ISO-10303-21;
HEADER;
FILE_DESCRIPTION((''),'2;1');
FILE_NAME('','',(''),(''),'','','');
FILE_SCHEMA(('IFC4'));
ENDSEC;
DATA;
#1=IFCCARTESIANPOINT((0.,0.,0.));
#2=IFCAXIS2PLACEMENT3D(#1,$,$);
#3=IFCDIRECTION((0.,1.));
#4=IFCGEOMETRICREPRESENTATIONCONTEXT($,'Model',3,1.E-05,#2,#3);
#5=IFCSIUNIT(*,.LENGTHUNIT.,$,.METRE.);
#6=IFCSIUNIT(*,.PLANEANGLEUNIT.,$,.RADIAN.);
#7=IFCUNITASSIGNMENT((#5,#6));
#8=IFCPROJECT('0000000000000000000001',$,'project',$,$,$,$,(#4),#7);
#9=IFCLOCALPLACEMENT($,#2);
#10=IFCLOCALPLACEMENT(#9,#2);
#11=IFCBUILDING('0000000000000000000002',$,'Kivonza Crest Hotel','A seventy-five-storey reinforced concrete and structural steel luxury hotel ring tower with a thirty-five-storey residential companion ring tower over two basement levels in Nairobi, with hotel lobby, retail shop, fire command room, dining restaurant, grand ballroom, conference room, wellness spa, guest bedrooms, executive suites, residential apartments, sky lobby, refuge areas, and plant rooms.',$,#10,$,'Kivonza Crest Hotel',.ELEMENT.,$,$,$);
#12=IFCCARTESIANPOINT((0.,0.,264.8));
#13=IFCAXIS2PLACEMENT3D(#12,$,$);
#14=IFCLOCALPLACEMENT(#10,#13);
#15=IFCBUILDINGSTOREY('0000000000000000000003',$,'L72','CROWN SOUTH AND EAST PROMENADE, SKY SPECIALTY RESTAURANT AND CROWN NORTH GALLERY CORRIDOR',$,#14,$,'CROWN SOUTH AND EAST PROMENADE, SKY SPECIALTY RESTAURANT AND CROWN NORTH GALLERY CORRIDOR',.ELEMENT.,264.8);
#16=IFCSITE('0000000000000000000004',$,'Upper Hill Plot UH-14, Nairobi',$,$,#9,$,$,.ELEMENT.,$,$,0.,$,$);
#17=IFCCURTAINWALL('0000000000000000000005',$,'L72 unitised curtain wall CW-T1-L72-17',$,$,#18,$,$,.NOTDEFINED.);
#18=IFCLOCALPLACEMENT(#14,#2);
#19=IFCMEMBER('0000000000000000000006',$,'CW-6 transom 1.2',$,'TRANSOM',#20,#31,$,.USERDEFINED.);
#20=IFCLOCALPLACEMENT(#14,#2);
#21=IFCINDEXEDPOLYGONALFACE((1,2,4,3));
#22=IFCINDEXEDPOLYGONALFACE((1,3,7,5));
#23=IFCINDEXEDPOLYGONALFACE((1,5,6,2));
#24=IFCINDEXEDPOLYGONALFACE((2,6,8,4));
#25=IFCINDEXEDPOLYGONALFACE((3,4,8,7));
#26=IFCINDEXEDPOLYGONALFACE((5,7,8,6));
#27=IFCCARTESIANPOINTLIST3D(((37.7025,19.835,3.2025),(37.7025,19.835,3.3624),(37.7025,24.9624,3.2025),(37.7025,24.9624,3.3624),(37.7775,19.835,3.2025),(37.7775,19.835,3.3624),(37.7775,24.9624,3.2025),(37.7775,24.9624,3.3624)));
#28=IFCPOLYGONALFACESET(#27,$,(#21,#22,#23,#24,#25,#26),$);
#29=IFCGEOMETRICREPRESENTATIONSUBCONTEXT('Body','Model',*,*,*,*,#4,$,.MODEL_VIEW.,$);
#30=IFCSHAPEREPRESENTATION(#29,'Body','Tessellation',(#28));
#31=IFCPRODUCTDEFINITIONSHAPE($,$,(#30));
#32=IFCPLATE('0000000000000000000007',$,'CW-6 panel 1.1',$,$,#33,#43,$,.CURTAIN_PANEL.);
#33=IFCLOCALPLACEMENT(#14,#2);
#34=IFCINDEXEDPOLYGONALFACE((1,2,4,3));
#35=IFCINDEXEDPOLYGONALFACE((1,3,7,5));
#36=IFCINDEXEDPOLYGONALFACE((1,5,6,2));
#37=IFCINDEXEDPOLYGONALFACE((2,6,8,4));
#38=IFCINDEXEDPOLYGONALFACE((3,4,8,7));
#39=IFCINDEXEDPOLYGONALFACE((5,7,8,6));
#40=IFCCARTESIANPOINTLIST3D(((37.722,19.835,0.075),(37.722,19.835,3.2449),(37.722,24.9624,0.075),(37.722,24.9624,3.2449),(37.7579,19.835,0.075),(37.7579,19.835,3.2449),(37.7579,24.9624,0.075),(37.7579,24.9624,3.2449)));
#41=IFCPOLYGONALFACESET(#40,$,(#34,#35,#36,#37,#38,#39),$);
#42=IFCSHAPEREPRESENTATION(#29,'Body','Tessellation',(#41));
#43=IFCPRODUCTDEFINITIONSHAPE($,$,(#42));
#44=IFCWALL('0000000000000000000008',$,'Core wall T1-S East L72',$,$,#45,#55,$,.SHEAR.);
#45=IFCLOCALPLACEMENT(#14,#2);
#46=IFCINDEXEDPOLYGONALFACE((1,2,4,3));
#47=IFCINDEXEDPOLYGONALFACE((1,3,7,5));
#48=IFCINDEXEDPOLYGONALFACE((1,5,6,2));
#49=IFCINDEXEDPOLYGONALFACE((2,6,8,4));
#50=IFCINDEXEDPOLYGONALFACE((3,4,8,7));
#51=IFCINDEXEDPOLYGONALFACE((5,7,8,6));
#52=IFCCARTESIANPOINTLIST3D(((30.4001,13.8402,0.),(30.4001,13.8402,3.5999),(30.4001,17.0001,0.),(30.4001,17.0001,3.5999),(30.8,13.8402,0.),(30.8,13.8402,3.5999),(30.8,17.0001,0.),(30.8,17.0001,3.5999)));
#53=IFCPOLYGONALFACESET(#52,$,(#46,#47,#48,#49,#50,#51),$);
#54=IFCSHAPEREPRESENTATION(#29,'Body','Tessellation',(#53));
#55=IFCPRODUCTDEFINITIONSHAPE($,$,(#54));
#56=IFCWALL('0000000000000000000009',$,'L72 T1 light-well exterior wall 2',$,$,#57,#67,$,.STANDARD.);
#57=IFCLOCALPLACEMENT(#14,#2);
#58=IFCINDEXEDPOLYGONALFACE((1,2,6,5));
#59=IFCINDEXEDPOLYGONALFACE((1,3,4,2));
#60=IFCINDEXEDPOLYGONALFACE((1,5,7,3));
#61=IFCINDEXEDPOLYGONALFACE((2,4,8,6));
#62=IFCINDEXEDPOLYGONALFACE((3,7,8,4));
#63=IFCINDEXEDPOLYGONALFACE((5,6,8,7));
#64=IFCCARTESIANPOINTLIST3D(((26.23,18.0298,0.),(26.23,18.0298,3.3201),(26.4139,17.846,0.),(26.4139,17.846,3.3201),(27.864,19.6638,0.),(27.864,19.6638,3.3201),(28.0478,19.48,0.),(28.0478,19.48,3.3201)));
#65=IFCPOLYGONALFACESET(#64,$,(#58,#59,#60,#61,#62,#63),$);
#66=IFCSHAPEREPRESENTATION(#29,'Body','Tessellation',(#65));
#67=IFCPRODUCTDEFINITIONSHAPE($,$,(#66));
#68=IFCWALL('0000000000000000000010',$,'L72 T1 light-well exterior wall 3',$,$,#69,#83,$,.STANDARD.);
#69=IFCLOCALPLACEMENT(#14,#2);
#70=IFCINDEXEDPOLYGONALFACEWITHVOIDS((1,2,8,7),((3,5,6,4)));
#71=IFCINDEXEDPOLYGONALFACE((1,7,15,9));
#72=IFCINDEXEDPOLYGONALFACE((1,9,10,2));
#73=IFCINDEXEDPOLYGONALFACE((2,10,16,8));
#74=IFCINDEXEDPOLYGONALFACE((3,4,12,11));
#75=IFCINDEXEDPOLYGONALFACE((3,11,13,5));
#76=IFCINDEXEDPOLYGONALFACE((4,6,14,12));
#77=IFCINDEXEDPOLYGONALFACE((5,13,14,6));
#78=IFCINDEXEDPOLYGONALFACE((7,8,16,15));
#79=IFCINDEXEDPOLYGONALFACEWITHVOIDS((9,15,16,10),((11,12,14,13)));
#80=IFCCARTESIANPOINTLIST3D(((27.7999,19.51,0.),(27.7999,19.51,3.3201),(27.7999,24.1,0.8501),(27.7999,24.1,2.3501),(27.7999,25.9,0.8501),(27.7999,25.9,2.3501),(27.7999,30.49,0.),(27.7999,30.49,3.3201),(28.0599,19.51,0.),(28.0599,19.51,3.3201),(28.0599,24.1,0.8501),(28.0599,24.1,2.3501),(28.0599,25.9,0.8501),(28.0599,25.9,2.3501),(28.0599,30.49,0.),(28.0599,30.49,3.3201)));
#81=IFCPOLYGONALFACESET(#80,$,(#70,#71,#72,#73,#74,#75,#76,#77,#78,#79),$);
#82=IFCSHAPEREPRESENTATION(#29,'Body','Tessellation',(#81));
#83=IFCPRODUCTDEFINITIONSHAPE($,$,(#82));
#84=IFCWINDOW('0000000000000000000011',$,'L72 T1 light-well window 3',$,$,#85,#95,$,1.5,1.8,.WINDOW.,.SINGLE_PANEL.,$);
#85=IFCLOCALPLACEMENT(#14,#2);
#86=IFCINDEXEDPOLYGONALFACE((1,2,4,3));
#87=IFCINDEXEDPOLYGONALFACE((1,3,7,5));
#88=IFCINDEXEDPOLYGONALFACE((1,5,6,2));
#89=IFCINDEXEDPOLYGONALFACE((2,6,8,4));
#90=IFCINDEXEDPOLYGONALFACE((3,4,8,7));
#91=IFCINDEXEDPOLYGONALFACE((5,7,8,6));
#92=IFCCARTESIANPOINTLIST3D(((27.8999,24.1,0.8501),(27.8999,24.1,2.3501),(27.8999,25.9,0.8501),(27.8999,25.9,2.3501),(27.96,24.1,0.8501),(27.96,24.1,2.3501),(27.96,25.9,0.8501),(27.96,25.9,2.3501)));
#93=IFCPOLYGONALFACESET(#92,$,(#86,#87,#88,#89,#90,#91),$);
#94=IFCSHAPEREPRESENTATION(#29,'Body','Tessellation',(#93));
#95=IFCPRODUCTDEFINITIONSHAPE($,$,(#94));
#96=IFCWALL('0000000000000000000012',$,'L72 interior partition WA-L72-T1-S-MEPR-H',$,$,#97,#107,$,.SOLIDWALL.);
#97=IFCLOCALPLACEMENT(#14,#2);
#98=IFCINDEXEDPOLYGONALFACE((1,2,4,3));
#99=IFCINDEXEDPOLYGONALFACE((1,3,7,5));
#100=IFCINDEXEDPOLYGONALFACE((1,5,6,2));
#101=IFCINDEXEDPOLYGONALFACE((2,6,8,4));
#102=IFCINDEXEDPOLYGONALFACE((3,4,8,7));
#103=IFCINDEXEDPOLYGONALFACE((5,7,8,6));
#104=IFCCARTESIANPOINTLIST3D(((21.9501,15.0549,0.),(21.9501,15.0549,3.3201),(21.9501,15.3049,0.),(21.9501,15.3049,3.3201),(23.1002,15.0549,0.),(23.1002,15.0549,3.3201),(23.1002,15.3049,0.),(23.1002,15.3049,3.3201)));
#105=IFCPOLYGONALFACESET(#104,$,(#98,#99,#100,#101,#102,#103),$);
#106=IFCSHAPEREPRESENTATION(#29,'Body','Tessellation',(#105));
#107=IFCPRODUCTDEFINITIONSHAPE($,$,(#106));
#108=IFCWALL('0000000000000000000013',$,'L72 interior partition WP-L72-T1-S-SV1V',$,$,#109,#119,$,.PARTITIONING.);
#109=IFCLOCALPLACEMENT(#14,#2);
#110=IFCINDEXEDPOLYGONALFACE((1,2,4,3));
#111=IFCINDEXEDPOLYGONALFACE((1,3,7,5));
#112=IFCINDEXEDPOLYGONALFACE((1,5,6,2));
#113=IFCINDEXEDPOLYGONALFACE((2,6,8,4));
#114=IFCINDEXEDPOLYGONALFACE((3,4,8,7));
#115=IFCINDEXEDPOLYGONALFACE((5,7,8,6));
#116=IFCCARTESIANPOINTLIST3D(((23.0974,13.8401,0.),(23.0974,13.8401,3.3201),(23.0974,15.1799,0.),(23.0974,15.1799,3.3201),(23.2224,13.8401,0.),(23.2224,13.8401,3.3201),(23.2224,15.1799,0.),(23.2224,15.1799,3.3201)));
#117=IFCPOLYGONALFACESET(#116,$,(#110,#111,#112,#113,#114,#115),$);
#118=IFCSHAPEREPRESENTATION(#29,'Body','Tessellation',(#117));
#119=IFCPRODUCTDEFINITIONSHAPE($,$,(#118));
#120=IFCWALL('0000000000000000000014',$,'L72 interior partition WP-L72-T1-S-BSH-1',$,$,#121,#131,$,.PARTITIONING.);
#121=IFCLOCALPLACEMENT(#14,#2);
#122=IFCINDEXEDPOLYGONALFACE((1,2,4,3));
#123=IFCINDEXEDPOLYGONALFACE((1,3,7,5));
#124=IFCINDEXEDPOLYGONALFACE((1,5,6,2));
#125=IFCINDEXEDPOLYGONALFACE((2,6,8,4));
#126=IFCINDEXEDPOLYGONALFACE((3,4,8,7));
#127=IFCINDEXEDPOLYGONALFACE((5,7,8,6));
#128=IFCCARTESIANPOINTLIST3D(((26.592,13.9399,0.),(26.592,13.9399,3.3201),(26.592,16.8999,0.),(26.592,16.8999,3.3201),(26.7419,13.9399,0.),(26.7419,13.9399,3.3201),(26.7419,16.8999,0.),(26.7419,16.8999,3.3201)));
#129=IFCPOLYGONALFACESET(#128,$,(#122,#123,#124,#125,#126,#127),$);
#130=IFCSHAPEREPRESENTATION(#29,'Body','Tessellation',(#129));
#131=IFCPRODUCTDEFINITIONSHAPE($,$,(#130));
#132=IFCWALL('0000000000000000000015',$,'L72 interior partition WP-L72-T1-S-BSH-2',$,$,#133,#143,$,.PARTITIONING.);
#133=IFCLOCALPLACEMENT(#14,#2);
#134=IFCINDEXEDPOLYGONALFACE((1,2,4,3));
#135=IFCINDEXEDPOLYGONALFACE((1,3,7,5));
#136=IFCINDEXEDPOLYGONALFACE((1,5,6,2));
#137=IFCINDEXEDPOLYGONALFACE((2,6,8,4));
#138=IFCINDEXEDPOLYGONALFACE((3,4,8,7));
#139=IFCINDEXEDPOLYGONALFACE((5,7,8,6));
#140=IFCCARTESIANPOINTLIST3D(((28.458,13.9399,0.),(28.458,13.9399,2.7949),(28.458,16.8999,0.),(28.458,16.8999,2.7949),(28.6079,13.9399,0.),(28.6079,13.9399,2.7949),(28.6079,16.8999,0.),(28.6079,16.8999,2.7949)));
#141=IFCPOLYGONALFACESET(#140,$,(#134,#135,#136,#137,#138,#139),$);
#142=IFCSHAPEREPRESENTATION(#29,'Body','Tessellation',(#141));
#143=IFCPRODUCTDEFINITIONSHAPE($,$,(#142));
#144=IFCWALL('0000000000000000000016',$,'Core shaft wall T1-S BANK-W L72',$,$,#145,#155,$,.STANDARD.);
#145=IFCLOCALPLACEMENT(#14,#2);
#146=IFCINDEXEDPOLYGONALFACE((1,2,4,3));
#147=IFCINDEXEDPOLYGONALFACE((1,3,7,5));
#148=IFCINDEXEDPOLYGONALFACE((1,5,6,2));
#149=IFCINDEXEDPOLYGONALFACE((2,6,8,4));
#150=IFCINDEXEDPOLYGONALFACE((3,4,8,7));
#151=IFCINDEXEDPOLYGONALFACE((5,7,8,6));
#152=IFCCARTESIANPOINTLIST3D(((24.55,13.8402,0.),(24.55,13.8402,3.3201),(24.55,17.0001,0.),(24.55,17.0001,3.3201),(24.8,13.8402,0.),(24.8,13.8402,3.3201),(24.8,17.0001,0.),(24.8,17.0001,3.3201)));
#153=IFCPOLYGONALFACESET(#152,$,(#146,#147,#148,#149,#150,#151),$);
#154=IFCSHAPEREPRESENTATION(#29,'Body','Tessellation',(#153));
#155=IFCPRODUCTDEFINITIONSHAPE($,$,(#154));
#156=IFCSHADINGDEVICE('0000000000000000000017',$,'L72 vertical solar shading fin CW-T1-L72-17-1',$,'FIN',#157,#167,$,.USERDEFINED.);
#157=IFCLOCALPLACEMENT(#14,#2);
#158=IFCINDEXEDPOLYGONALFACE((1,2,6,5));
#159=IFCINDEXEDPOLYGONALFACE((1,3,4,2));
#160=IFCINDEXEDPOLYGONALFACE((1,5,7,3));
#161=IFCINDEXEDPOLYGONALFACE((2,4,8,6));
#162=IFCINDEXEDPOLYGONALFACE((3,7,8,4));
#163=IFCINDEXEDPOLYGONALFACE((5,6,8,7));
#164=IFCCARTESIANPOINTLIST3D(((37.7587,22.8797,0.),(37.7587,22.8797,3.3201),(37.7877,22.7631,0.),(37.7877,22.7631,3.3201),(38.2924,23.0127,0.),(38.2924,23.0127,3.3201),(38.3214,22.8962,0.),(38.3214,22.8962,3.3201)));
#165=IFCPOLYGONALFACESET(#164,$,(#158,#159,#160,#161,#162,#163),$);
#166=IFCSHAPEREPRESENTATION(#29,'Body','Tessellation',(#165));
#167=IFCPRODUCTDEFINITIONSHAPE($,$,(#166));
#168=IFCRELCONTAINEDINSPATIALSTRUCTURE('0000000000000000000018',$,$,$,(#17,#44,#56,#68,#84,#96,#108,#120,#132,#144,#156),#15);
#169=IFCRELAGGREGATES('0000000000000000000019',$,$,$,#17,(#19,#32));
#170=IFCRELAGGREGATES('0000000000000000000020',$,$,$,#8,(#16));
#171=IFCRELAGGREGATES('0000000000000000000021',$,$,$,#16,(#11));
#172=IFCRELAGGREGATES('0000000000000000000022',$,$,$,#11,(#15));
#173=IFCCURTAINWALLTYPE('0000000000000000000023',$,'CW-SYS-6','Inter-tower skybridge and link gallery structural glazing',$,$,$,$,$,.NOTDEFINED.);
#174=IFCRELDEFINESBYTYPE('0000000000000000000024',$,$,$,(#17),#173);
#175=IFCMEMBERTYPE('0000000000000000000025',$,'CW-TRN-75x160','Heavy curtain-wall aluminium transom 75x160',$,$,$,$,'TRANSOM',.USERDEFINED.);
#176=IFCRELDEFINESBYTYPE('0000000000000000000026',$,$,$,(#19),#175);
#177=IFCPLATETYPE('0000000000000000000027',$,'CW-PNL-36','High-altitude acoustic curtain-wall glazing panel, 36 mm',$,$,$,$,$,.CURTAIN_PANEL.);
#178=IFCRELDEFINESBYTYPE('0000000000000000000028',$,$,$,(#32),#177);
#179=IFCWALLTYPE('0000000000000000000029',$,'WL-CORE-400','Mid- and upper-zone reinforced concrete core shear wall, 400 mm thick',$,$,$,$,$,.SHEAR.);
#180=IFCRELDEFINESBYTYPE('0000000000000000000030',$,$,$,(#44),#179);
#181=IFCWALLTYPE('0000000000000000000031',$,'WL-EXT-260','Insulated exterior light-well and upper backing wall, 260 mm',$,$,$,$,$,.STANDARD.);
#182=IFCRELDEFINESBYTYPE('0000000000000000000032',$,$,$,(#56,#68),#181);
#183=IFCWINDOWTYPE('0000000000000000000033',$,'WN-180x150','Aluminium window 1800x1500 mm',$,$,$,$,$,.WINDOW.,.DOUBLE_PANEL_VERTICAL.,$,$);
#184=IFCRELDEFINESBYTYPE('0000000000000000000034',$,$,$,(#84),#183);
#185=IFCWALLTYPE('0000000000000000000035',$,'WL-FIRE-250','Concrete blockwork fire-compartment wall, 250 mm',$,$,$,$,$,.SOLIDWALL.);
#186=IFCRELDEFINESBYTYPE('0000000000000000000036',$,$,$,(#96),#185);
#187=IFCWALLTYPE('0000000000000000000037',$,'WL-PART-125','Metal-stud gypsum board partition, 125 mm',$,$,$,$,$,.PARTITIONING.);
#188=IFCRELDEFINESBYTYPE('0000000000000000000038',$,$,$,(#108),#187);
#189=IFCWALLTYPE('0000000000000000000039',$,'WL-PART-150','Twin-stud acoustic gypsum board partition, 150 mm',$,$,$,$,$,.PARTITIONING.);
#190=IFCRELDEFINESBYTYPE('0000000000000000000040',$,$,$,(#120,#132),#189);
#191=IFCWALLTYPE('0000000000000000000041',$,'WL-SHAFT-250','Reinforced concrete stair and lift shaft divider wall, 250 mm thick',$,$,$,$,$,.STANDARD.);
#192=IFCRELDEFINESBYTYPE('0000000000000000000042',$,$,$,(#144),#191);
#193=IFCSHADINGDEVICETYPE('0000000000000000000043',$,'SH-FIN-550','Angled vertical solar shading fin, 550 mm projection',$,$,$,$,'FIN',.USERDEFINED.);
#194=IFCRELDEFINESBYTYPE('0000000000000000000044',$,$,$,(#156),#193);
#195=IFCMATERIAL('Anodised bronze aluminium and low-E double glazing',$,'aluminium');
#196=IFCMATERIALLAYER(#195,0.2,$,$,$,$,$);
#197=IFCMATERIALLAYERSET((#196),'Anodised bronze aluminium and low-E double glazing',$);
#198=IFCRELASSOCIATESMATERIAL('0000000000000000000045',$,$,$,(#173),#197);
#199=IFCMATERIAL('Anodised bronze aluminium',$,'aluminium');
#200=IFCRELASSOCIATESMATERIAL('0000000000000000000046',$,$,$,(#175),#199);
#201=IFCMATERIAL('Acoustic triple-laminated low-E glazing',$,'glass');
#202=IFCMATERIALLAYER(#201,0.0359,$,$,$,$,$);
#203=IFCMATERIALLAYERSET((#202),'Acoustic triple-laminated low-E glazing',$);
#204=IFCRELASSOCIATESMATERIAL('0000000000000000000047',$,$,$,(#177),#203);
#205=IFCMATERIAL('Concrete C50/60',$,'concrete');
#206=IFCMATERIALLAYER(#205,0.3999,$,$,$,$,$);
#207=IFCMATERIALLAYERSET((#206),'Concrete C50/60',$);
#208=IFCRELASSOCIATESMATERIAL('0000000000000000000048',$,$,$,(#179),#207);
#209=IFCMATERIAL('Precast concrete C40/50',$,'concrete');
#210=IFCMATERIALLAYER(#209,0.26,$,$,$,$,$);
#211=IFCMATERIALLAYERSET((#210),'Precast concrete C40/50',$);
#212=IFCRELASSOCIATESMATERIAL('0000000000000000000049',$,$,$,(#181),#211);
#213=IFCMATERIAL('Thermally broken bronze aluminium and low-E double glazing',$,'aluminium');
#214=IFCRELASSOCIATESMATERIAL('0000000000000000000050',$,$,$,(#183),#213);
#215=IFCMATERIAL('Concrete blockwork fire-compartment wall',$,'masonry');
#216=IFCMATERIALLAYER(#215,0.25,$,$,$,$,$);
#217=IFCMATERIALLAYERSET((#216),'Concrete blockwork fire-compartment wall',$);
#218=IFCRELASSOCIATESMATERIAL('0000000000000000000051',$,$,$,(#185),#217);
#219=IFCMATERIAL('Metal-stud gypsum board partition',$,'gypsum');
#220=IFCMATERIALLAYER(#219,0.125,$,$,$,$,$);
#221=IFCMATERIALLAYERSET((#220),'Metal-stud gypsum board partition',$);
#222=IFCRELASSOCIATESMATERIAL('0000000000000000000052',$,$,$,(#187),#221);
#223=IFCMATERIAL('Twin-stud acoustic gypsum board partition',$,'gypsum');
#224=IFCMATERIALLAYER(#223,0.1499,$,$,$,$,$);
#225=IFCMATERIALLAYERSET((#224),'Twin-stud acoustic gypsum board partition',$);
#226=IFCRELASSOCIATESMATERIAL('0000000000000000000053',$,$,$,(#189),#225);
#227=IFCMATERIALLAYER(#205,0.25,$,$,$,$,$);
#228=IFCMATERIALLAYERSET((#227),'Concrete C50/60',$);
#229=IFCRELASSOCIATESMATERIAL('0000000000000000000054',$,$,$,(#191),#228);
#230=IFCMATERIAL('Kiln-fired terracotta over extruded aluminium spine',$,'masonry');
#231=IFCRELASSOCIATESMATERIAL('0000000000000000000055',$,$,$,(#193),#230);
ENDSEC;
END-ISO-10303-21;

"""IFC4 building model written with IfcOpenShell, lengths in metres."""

from ifc_helpers import new_model, si_unit, direction, frame, frame_2d, origin, origin_2d, place, context, subcontext, project, spatial, rectangle, extrude, material, layer, layer_set, material_profile, profile_set, type_object, element, fill, aggregate, save


model = new_model("IFC4")

# Units and contexts
model_context = context("Model", 3, precision=1e-05, world=origin(), true_north=direction((0.0, 1.0)))
body_context = subcontext(model_context, "Body", "Model", "MODEL_VIEW")
ifc_project = project(units=[si_unit("LENGTHUNIT", "METRE"), si_unit("PLANEANGLEUNIT", "RADIAN")], contexts=[model_context])

# Site, building, storey
site_placement = place(None, origin())
site = spatial("IfcSite", under=ifc_project, at=site_placement, Name="Upper Hill Plot UH-14, Nairobi", CompositionType="ELEMENT", RefElevation=0.0)
building_placement = place(site_placement, origin())
building = spatial("IfcBuilding", under=site, at=building_placement, Name="Kivonza Crest Hotel", Description="A seventy-five-storey reinforced concrete and structural steel luxury hotel ring tower with a thirty-five-storey residential companion ring tower over two basement levels in Nairobi, with hotel lobby, retail shop, fire command room, dining restaurant, grand ballroom, conference room, wellness spa, guest bedrooms, executive suites, residential apartments, sky lobby, refuge areas, and plant rooms.", LongName="Kivonza Crest Hotel", CompositionType="ELEMENT")
storey_placement = place(building_placement, frame((0.0, 0.0, 264.8)))
storey = spatial("IfcBuildingStorey", under=building, at=storey_placement, Name="L72", Description="CROWN SOUTH AND EAST PROMENADE, SKY SPECIALTY RESTAURANT AND CROWN NORTH GALLERY CORRIDOR", LongName="CROWN SOUTH AND EAST PROMENADE, SKY SPECIALTY RESTAURANT AND CROWN NORTH GALLERY CORRIDOR", CompositionType="ELEMENT", Elevation=264.8)

# Shared definitions
ifc_material_1 = material(Name="Concrete C50/60", Category="concrete")

# Curtain wall, member, plate
ifc_material_2 = material(Name="Anodised bronze aluminium and low-E double glazing", Category="aluminium")
ifc_layer_1 = layer(ifc_material_2, 0.2)
ifc_layer_set_1 = layer_set([ifc_layer_1], Name="Anodised bronze aluminium and low-E double glazing")
curtain_wall_type = type_object("IfcCurtainWallType", Name="CW-SYS-6", Description="Inter-tower skybridge and link gallery structural glazing", PredefinedType="NOTDEFINED", material=ifc_layer_set_1)
curtain_wall_placement = place(storey_placement, origin())
curtain_wall = element("IfcCurtainWall", 1, at=curtain_wall_placement, inside=storey, type_object=curtain_wall_type, Name="L72 unitised curtain wall CW-T1-L72-17", PredefinedType="NOTDEFINED")
ifc_material_3 = material(Name="Anodised bronze aluminium", Category="aluminium")
ifc_material_profile_1 = material_profile(ifc_material_3, rectangle(XDim=0.075, YDim=0.1599, at=origin_2d()), Name="CW-T 75x160")
ifc_profile_set_1 = profile_set([ifc_material_profile_1], Name="Anodised bronze aluminium")
member_type_1 = type_object("IfcMemberType", Name="CW-TRN-75x160", Description="Heavy curtain-wall aluminium transom 75x160", ElementType="TRANSOM", PredefinedType="USERDEFINED", material=ifc_profile_set_1)
member_1_placement = place(storey_placement, frame((37.74, 19.835, 3.2825), z_axis=(0.0, 1.0, 0.0), x_axis=(-1.0, 0.0, 0.0)))
member_1 = element("IfcMember", 2, at=member_1_placement, type_object=member_type_1, Name="CW-6 transom 1.2", ObjectType="TRANSOM", PredefinedType="USERDEFINED", context=body_context, shape_type="SweptSolid", body=[
    extrude(rectangle(XDim=0.075, YDim=0.1599, at=origin_2d()), origin(), (0.0, 0.0, 1.0), 5.1274),
])
ifc_material_4 = material(Name="Acoustic triple-laminated low-E glazing", Category="glass")
ifc_layer_2 = layer(ifc_material_4, 0.0359)
ifc_layer_set_2 = layer_set([ifc_layer_2], Name="Acoustic triple-laminated low-E glazing")
plate_type = type_object("IfcPlateType", Name="CW-PNL-36", Description="High-altitude acoustic curtain-wall glazing panel, 36 mm", PredefinedType="CURTAIN_PANEL", material=ifc_layer_set_2)
plate_placement = place(storey_placement, frame((37.74, 22.3987, 0.075), z_axis=(0.0, 0.0, 1.0), x_axis=(0.0, 1.0, 0.0)))
plate = element("IfcPlate", 3, at=plate_placement, type_object=plate_type, Name="CW-6 panel 1.1", PredefinedType="CURTAIN_PANEL", context=body_context, shape_type="SweptSolid", body=[
    extrude(rectangle(XDim=5.1274, YDim=0.0359, at=origin_2d()), origin(), (0.0, 0.0, 1.0), 3.1699),
])
aggregate(curtain_wall, [member_1, plate])

# Walls
ifc_layer_3 = layer(ifc_material_1, 0.3999)
ifc_layer_set_3 = layer_set([ifc_layer_3], Name="Concrete C50/60")
wall_type_1 = type_object("IfcWallType", Name="WL-CORE-400", Description="Mid- and upper-zone reinforced concrete core shear wall, 400 mm thick", PredefinedType="SHEAR", material=ifc_layer_set_3)
wall_1_placement = place(storey_placement, frame((30.6001, 13.8401, 0.0), z_axis=(0.0, 0.0, 1.0), x_axis=(0.0, 1.0, 0.0)))
element("IfcWall", 4, at=wall_1_placement, inside=storey, type_object=wall_type_1, Name="Core wall T1-S East L72", PredefinedType="SHEAR", context=body_context, shape_type="SweptSolid", body=[
    extrude(rectangle(XDim=3.1599, YDim=0.3999, at=frame_2d((1.5801, 0.0))), origin(), (0.0, 0.0, 1.0), 3.5999),
])
ifc_material_5 = material(Name="Precast concrete C40/50", Category="concrete")
ifc_layer_4 = layer(ifc_material_5, 0.26)
ifc_layer_set_4 = layer_set([ifc_layer_4], Name="Precast concrete C40/50")
wall_type_2 = type_object("IfcWallType", Name="WL-EXT-260", Description="Insulated exterior light-well and upper backing wall, 260 mm", PredefinedType="STANDARD", material=ifc_layer_set_4)
wall_2_placement = place(storey_placement, frame((26.322, 17.938, 0.0), z_axis=(0.0, 0.0, 1.0), x_axis=(0.707107, 0.707107, 0.0)))
element("IfcWall", 5, at=wall_2_placement, inside=storey, type_object=wall_type_2, Name="L72 T1 light-well exterior wall 2", PredefinedType="STANDARD", context=body_context, shape_type="SweptSolid", body=[
    extrude(rectangle(XDim=2.3108, YDim=0.26, at=frame_2d((1.1553, 0.0))), origin(), (0.0, 0.0, 1.0), 3.3201),
])

# Wall, opening, window
wall_3_placement = place(storey_placement, frame((27.9299, 19.51, 0.0), z_axis=(0.0, 0.0, 1.0), x_axis=(0.0, 1.0, 0.0)))
wall_3 = element("IfcWall", 6, at=wall_3_placement, inside=storey, type_object=wall_type_2, Name="L72 T1 light-well exterior wall 3", PredefinedType="STANDARD", context=body_context, shape_type="SweptSolid", body=[
    extrude(rectangle(XDim=10.98, YDim=0.26, at=frame_2d((5.49, 0.0))), origin(), (0.0, 0.0, 1.0), 3.3201),
])
opening_placement = place(wall_3_placement, frame((4.5901, 0.0, 0.8501)))
opening = element("IfcOpeningElement", 7, at=opening_placement, cuts=wall_3, PredefinedType="OPENING", context=body_context, shape_type="SweptSolid", body=[
    extrude(rectangle(XDim=1.8, YDim=1.5, at=frame_2d((0.8999, 0.75))), frame((0.0, 0.1401, 0.0), z_axis=(0.0, -1.0, 0.0), x_axis=(1.0, 0.0, 0.0)), (0.0, 0.0, 1.0), 0.28),
])
ifc_material_6 = material(Name="Thermally broken bronze aluminium and low-E double glazing", Category="aluminium")
window_type = type_object("IfcWindowType", Name="WN-180x150", Description="Aluminium window 1800x1500 mm", PartitioningType="DOUBLE_PANEL_VERTICAL", PredefinedType="WINDOW", material=ifc_material_6)
window_placement = place(opening_placement, origin())
window = element("IfcWindow", 8, at=window_placement, inside=storey, type_object=window_type, Name="L72 T1 light-well window 3", OverallHeight=1.5, OverallWidth=1.8, PartitioningType="SINGLE_PANEL", PredefinedType="WINDOW", context=body_context, shape_type="SweptSolid", body=[
    extrude(rectangle(XDim=1.8, YDim=1.5, at=frame_2d((0.8999, 0.75))), frame((0.0, 0.03, 0.0), z_axis=(0.0, -1.0, 0.0), x_axis=(1.0, 0.0, 0.0)), (0.0, 0.0, 1.0), 0.0601),
])
fill(opening, window)

# Walls
ifc_material_7 = material(Name="Concrete blockwork fire-compartment wall", Category="masonry")
ifc_layer_5 = layer(ifc_material_7, 0.25)
ifc_layer_set_5 = layer_set([ifc_layer_5], Name="Concrete blockwork fire-compartment wall")
wall_type_3 = type_object("IfcWallType", Name="WL-FIRE-250", Description="Concrete blockwork fire-compartment wall, 250 mm", PredefinedType="SOLIDWALL", material=ifc_layer_set_5)
wall_4_placement = place(storey_placement, frame((21.95, 15.1799, 0.0), z_axis=(0.0, 0.0, 1.0), x_axis=(1.0, 0.0, 0.0)))
element("IfcWall", 9, at=wall_4_placement, inside=storey, type_object=wall_type_3, Name="L72 interior partition WA-L72-T1-S-MEPR-H", PredefinedType="SOLIDWALL", context=body_context, shape_type="SweptSolid", body=[
    extrude(rectangle(XDim=1.1501, YDim=0.25, at=frame_2d((0.5752, 0.0))), origin(), (0.0, 0.0, 1.0), 3.3201),
])
ifc_material_8 = material(Name="Metal-stud gypsum board partition", Category="gypsum")
ifc_layer_6 = layer(ifc_material_8, 0.125)
ifc_layer_set_6 = layer_set([ifc_layer_6], Name="Metal-stud gypsum board partition")
wall_type_4 = type_object("IfcWallType", Name="WL-PART-125", Description="Metal-stud gypsum board partition, 125 mm", PredefinedType="PARTITIONING", material=ifc_layer_set_6)
wall_5_placement = place(storey_placement, frame((23.1599, 13.8401, 0.0), z_axis=(0.0, 0.0, 1.0), x_axis=(0.0, 1.0, 0.0)))
element("IfcWall", 10, at=wall_5_placement, inside=storey, type_object=wall_type_4, Name="L72 interior partition WP-L72-T1-S-SV1V", PredefinedType="PARTITIONING", context=body_context, shape_type="SweptSolid", body=[
    extrude(rectangle(XDim=1.3398, YDim=0.125, at=frame_2d((0.6699, 0.0))), origin(), (0.0, 0.0, 1.0), 3.3201),
])
ifc_material_9 = material(Name="Twin-stud acoustic gypsum board partition", Category="gypsum")
ifc_layer_7 = layer(ifc_material_9, 0.1499)
ifc_layer_set_7 = layer_set([ifc_layer_7], Name="Twin-stud acoustic gypsum board partition")
wall_type_5 = type_object("IfcWallType", Name="WL-PART-150", Description="Twin-stud acoustic gypsum board partition, 150 mm", PredefinedType="PARTITIONING", material=ifc_layer_set_7)
wall_6_placement = place(storey_placement, frame((26.667, 13.9399, 0.0), z_axis=(0.0, 0.0, 1.0), x_axis=(0.0, 1.0, 0.0)))
element("IfcWall", 11, at=wall_6_placement, inside=storey, type_object=wall_type_5, Name="L72 interior partition WP-L72-T1-S-BSH-1", PredefinedType="PARTITIONING", context=body_context, shape_type="SweptSolid", body=[
    extrude(rectangle(XDim=2.96, YDim=0.1499, at=frame_2d((1.48, 0.0))), origin(), (0.0, 0.0, 1.0), 3.3201),
])
wall_7_placement = place(storey_placement, frame((28.533, 13.9399, 0.0), z_axis=(0.0, 0.0, 1.0), x_axis=(0.0, 1.0, 0.0)))
element("IfcWall", 12, at=wall_7_placement, inside=storey, type_object=wall_type_5, Name="L72 interior partition WP-L72-T1-S-BSH-2", PredefinedType="PARTITIONING", context=body_context, shape_type="SweptSolid", body=[
    extrude(rectangle(XDim=2.96, YDim=0.1499, at=frame_2d((1.48, 0.0))), origin(), (0.0, 0.0, 1.0), 2.7949),
])
ifc_layer_8 = layer(ifc_material_1, 0.25)
ifc_layer_set_8 = layer_set([ifc_layer_8], Name="Concrete C50/60")
wall_type_6 = type_object("IfcWallType", Name="WL-SHAFT-250", Description="Reinforced concrete stair and lift shaft divider wall, 250 mm thick", PredefinedType="STANDARD", material=ifc_layer_set_8)
wall_8_placement = place(storey_placement, frame((24.675, 13.8401, 0.0), z_axis=(0.0, 0.0, 1.0), x_axis=(0.0, 1.0, 0.0)))
element("IfcWall", 13, at=wall_8_placement, inside=storey, type_object=wall_type_6, Name="Core shaft wall T1-S BANK-W L72", PredefinedType="STANDARD", context=body_context, shape_type="SweptSolid", body=[
    extrude(rectangle(XDim=3.1599, YDim=0.25, at=frame_2d((1.5801, 0.0))), origin(), (0.0, 0.0, 1.0), 3.3201),
])

# Shading device
ifc_material_10 = material(Name="Kiln-fired terracotta over extruded aluminium spine", Category="masonry")
shading_device_type = type_object("IfcShadingDeviceType", Name="SH-FIN-550", Description="Angled vertical solar shading fin, 550 mm projection", ElementType="FIN", PredefinedType="USERDEFINED", material=ifc_material_10)
shading_device_placement = place(storey_placement, frame((38.04, 22.8879, 0.0), z_axis=(0.0, 0.0, 1.0), x_axis=(-0.241922, 0.970296, 0.0)))
element("IfcShadingDevice", 14, at=shading_device_placement, inside=storey, type_object=shading_device_type, Name="L72 vertical solar shading fin CW-T1-L72-17-1", ObjectType="FIN", PredefinedType="USERDEFINED", context=body_context, shape_type="SweptSolid", body=[
    extrude(rectangle(XDim=0.1201, YDim=0.55, at=origin_2d()), origin(), (0.0, 0.0, 1.0), 3.3201),
])

save(model, "model.ifc")
